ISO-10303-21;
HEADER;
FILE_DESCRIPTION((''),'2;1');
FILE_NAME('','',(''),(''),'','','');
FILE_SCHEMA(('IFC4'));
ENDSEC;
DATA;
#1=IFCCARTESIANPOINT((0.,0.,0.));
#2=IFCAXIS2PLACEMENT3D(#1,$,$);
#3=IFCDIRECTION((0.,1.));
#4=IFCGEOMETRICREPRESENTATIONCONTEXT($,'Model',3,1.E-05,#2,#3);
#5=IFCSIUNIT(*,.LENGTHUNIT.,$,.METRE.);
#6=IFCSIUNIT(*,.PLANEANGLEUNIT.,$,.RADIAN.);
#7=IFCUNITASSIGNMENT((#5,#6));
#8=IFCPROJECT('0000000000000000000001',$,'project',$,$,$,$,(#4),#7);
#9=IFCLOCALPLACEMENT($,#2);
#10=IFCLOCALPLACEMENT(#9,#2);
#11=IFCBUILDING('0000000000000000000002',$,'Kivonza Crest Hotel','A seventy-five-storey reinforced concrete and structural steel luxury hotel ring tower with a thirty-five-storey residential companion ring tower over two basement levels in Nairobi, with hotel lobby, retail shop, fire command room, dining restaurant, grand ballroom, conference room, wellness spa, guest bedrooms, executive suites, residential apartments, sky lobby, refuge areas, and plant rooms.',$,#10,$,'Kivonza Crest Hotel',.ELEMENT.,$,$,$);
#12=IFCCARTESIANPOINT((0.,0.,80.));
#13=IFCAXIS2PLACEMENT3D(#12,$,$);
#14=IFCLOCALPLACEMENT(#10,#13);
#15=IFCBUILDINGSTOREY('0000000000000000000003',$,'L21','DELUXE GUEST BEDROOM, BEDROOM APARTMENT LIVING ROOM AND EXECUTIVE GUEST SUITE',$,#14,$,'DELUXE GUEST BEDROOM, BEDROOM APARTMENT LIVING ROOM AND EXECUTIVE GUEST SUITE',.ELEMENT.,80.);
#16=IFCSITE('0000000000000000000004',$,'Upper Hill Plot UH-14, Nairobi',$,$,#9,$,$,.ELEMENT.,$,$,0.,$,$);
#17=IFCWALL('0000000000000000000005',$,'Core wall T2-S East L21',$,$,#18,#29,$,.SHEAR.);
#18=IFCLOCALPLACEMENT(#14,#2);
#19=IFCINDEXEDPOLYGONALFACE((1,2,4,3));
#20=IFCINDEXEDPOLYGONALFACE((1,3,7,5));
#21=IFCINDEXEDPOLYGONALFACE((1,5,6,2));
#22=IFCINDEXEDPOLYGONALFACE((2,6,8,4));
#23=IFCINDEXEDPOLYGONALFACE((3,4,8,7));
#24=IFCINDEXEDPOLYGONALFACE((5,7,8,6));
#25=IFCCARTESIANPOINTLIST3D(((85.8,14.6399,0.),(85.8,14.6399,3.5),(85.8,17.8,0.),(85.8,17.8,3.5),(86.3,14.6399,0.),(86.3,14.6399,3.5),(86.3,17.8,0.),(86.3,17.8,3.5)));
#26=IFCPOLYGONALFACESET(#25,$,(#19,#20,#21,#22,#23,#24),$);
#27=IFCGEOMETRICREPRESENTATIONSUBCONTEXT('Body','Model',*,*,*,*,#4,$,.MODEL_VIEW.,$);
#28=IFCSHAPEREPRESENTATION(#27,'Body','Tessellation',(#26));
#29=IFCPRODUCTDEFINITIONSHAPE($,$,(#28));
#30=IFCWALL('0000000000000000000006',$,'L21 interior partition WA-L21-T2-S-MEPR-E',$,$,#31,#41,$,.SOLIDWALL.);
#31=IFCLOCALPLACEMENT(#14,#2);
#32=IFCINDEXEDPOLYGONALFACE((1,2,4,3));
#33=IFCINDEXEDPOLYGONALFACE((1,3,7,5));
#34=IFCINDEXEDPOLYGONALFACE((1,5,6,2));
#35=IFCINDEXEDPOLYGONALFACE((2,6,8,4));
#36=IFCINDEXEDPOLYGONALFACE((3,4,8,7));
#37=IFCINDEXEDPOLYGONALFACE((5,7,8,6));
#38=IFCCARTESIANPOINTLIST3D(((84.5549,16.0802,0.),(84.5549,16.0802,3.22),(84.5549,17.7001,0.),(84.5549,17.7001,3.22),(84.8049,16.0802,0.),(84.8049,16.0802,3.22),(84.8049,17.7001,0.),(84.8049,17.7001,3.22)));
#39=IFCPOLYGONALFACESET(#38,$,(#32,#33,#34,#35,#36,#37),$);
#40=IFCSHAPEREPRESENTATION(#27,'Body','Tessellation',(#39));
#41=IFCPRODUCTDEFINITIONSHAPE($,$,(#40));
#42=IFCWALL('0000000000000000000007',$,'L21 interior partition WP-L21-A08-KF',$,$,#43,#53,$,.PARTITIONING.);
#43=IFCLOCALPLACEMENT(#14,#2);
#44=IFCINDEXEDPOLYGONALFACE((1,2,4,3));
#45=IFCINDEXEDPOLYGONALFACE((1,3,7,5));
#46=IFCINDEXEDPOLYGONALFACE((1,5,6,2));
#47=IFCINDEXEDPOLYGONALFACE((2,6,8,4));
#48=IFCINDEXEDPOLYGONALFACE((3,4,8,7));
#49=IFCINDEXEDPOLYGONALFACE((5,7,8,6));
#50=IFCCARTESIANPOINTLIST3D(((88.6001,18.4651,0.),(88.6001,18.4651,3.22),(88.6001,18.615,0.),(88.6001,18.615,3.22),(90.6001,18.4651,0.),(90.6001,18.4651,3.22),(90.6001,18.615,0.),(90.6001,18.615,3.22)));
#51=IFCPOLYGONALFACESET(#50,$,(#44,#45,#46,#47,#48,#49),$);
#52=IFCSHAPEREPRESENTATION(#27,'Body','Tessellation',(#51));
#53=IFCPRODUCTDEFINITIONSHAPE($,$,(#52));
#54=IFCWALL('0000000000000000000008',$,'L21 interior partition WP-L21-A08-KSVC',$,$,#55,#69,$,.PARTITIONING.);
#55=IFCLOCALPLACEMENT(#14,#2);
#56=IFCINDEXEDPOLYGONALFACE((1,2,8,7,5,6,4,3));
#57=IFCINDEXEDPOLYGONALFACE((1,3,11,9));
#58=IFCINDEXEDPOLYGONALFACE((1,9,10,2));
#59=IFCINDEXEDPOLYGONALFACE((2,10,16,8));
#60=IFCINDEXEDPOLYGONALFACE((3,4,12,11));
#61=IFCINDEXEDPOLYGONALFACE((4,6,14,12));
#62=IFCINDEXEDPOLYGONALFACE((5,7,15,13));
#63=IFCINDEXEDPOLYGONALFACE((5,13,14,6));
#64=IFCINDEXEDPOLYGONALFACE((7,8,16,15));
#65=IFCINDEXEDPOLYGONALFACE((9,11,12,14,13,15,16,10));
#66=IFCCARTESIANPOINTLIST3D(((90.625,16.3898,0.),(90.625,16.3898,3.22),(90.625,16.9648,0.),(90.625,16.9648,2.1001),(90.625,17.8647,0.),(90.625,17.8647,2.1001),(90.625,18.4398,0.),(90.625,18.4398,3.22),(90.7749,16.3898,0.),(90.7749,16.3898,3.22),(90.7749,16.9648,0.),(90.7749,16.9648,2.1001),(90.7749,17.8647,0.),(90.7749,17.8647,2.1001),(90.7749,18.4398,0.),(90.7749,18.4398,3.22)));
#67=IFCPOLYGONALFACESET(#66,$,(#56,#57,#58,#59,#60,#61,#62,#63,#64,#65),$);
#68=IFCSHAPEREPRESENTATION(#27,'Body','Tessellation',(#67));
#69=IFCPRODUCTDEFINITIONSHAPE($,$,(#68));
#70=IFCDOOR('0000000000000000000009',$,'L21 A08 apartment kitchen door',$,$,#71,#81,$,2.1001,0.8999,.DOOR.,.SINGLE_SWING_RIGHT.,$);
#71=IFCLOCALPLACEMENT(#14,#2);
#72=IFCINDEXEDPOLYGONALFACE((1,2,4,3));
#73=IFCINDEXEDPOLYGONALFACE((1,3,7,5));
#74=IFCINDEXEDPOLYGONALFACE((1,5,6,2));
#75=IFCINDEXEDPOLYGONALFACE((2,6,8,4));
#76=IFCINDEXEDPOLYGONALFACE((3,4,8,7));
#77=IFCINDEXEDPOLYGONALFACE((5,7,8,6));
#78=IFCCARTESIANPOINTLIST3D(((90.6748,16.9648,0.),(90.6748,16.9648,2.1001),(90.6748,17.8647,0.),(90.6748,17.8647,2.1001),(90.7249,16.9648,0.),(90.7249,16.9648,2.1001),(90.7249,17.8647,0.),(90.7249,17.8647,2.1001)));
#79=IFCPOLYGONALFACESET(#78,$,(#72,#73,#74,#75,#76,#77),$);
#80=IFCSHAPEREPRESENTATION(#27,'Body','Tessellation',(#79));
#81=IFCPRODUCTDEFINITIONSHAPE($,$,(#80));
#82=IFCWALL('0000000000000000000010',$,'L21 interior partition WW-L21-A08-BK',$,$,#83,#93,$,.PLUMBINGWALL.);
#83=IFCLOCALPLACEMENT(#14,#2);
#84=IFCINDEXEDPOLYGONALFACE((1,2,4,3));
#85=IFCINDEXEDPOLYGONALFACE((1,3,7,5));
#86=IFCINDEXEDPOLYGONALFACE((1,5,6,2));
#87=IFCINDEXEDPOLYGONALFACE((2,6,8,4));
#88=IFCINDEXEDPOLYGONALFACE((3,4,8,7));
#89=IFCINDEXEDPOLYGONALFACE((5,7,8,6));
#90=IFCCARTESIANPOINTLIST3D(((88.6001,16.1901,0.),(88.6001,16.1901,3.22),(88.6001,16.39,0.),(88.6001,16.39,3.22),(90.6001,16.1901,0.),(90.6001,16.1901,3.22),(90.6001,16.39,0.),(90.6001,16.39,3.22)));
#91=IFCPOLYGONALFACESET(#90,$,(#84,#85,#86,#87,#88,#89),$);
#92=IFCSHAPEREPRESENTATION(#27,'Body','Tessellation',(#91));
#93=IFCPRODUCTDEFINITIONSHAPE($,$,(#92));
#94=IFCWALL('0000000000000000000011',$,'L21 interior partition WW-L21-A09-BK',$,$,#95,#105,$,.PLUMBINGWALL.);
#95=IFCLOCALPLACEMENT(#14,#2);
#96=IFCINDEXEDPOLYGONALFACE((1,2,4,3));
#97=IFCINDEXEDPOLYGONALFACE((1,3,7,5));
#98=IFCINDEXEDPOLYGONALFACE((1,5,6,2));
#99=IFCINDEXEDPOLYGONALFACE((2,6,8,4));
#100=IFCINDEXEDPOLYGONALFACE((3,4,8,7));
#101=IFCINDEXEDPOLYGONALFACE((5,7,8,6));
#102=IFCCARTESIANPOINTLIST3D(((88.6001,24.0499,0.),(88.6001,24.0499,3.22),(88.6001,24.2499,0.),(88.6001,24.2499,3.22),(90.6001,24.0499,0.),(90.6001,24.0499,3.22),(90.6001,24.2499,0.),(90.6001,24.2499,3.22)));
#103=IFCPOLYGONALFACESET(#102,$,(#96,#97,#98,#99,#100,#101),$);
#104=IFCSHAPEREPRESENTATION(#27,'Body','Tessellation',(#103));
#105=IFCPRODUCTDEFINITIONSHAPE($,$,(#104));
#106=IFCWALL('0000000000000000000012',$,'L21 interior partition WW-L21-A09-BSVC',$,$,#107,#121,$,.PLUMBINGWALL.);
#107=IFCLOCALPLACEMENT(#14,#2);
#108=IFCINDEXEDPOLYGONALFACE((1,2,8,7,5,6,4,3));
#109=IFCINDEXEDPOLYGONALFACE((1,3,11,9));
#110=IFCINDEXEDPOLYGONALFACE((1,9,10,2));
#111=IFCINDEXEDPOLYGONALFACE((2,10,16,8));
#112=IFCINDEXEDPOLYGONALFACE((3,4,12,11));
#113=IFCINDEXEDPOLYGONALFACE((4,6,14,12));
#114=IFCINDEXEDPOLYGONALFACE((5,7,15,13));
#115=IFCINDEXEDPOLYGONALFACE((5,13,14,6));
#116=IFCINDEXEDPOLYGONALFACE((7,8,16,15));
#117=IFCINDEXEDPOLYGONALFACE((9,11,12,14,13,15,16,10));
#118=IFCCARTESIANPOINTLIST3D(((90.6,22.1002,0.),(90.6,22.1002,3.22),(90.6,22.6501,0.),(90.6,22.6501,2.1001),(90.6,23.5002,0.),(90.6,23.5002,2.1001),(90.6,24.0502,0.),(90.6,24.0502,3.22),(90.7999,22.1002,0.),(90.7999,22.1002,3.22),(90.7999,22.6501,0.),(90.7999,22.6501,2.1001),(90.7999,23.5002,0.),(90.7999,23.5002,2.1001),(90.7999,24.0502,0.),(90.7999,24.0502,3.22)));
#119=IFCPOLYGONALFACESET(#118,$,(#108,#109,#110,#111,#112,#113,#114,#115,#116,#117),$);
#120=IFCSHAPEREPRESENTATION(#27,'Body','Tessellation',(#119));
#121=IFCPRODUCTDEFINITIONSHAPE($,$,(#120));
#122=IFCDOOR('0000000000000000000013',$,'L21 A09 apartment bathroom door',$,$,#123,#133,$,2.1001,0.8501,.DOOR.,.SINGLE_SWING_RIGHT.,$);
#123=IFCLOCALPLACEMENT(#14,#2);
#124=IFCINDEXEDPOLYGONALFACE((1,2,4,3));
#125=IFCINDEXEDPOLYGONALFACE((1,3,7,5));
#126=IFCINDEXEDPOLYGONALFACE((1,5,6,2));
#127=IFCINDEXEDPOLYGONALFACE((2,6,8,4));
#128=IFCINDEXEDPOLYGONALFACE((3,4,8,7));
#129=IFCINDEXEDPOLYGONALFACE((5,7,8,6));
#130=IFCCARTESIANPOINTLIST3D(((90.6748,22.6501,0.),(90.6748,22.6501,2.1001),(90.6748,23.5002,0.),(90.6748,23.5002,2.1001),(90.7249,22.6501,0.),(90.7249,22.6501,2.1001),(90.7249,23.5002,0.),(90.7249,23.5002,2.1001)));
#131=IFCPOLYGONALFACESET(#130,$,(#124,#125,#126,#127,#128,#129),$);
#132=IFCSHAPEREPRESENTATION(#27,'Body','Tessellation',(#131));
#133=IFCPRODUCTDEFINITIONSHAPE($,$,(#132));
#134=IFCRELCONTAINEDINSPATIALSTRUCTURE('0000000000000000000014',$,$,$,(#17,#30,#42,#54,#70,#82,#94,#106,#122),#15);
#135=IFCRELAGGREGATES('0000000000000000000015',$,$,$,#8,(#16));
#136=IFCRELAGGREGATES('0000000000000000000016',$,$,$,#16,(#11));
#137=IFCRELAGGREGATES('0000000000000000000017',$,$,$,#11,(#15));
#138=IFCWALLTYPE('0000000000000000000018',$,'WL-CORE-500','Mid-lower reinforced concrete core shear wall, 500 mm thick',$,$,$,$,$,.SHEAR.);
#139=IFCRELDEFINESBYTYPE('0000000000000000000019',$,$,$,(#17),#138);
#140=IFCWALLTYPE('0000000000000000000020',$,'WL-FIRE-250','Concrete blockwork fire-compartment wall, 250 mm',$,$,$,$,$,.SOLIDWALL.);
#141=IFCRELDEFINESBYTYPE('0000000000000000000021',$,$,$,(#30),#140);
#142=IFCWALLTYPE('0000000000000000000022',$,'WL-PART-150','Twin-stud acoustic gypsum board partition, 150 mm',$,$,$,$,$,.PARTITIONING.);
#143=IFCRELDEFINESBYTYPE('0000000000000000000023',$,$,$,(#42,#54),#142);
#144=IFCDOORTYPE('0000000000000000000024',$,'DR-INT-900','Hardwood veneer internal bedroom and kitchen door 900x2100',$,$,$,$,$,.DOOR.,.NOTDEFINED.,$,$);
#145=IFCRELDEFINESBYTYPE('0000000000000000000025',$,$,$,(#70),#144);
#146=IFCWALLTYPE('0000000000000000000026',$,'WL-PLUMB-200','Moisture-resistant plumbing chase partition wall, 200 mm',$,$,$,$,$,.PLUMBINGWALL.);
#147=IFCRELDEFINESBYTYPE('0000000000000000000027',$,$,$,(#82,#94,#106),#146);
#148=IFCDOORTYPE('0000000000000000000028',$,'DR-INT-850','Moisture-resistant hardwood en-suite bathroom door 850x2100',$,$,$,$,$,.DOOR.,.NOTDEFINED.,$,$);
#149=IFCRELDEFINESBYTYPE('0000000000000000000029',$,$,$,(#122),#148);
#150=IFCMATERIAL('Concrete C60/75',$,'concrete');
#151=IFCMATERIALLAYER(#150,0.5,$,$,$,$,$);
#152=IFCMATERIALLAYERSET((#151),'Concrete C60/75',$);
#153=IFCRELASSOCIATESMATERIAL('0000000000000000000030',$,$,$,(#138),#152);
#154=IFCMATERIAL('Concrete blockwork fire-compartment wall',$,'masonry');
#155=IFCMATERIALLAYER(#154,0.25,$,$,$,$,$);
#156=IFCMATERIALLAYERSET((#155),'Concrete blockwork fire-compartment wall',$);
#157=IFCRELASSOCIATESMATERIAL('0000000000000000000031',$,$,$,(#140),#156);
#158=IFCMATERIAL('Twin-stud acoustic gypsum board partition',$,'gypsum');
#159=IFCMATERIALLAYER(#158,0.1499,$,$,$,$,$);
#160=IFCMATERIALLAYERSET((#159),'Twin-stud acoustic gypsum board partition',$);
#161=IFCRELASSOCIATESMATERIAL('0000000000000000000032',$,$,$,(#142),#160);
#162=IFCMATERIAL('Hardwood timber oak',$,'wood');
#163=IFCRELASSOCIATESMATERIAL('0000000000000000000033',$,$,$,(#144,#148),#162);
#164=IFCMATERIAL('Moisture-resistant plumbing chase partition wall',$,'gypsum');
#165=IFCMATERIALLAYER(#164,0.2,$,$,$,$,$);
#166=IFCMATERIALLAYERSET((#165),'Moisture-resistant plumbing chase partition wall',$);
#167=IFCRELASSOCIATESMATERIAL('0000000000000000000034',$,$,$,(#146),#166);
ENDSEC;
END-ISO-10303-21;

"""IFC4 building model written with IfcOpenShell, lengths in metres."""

from ifc_helpers import new_model, si_unit, direction, frame, frame_2d, origin, place, context, subcontext, project, spatial, rectangle, extrude, material, layer, layer_set, type_object, element, fill, save


model = new_model("IFC4")

# Units and contexts
model_context = context("Model", 3, precision=1e-05, world=origin(), true_north=direction((0.0, 1.0)))
body_context = subcontext(model_context, "Body", "Model", "MODEL_VIEW")
ifc_project = project(units=[si_unit("LENGTHUNIT", "METRE"), si_unit("PLANEANGLEUNIT", "RADIAN")], contexts=[model_context])

# Site, building, storey
site_placement = place(None, origin())
site = spatial("IfcSite", under=ifc_project, at=site_placement, Name="Upper Hill Plot UH-14, Nairobi", CompositionType="ELEMENT", RefElevation=0.0)
building_placement = place(site_placement, origin())
building = spatial("IfcBuilding", under=site, at=building_placement, Name="Kivonza Crest Hotel", Description="A seventy-five-storey reinforced concrete and structural steel luxury hotel ring tower with a thirty-five-storey residential companion ring tower over two basement levels in Nairobi, with hotel lobby, retail shop, fire command room, dining restaurant, grand ballroom, conference room, wellness spa, guest bedrooms, executive suites, residential apartments, sky lobby, refuge areas, and plant rooms.", LongName="Kivonza Crest Hotel", CompositionType="ELEMENT")
storey_placement = place(building_placement, frame((0.0, 0.0, 80.0)))
storey = spatial("IfcBuildingStorey", under=building, at=storey_placement, Name="L21", Description="DELUXE GUEST BEDROOM, BEDROOM APARTMENT LIVING ROOM AND EXECUTIVE GUEST SUITE", LongName="DELUXE GUEST BEDROOM, BEDROOM APARTMENT LIVING ROOM AND EXECUTIVE GUEST SUITE", CompositionType="ELEMENT", Elevation=80.0)

# Shared definitions
ifc_material_1 = material(Name="Hardwood timber oak", Category="wood")

# Walls
ifc_material_2 = material(Name="Concrete C60/75", Category="concrete")
ifc_layer_1 = layer(ifc_material_2, 0.5)
ifc_layer_set_1 = layer_set([ifc_layer_1], Name="Concrete C60/75")
wall_type_1 = type_object("IfcWallType", Name="WL-CORE-500", Description="Mid-lower reinforced concrete core shear wall, 500 mm thick", PredefinedType="SHEAR", material=ifc_layer_set_1)
wall_1_placement = place(storey_placement, frame((86.05, 14.6399, 0.0), z_axis=(0.0, 0.0, 1.0), x_axis=(0.0, 1.0, 0.0)))
element("IfcWall", 1, at=wall_1_placement, inside=storey, type_object=wall_type_1, Name="Core wall T2-S East L21", PredefinedType="SHEAR", context=body_context, shape_type="SweptSolid", body=[
    extrude(rectangle(XDim=3.1602, YDim=0.5, at=frame_2d((1.5801, 0.0))), origin(), (0.0, 0.0, 1.0), 3.5),
])
ifc_material_3 = material(Name="Concrete blockwork fire-compartment wall", Category="masonry")
ifc_layer_2 = layer(ifc_material_3, 0.25)
ifc_layer_set_2 = layer_set([ifc_layer_2], Name="Concrete blockwork fire-compartment wall")
wall_type_2 = type_object("IfcWallType", Name="WL-FIRE-250", Description="Concrete blockwork fire-compartment wall, 250 mm", PredefinedType="SOLIDWALL", material=ifc_layer_set_2)
wall_2_placement = place(storey_placement, frame((84.6799, 16.0801, 0.0), z_axis=(0.0, 0.0, 1.0), x_axis=(0.0, 1.0, 0.0)))
element("IfcWall", 2, at=wall_2_placement, inside=storey, type_object=wall_type_2, Name="L21 interior partition WA-L21-T2-S-MEPR-E", PredefinedType="SOLIDWALL", context=body_context, shape_type="SweptSolid", body=[
    extrude(rectangle(XDim=1.6199, YDim=0.25, at=frame_2d((0.8101, 0.0))), origin(), (0.0, 0.0, 1.0), 3.22),
])
ifc_material_4 = material(Name="Twin-stud acoustic gypsum board partition", Category="gypsum")
ifc_layer_3 = layer(ifc_material_4, 0.1499)
ifc_layer_set_3 = layer_set([ifc_layer_3], Name="Twin-stud acoustic gypsum board partition")
wall_type_3 = type_object("IfcWallType", Name="WL-PART-150", Description="Twin-stud acoustic gypsum board partition, 150 mm", PredefinedType="PARTITIONING", material=ifc_layer_set_3)
wall_3_placement = place(storey_placement, frame((88.6001, 18.54, 0.0), z_axis=(0.0, 0.0, 1.0), x_axis=(1.0, 0.0, 0.0)))
element("IfcWall", 3, at=wall_3_placement, inside=storey, type_object=wall_type_3, Name="L21 interior partition WP-L21-A08-KF", PredefinedType="PARTITIONING", context=body_context, shape_type="SweptSolid", body=[
    extrude(rectangle(XDim=2.0, YDim=0.1499, at=frame_2d((1.0, 0.0))), origin(), (0.0, 0.0, 1.0), 3.22),
])

# Wall, opening, door
wall_4_placement = place(storey_placement, frame((90.7, 16.3899, 0.0), z_axis=(0.0, 0.0, 1.0), x_axis=(0.0, 1.0, 0.0)))
wall_4 = element("IfcWall", 4, at=wall_4_placement, inside=storey, type_object=wall_type_3, Name="L21 interior partition WP-L21-A08-KSVC", PredefinedType="PARTITIONING", context=body_context, shape_type="SweptSolid", body=[
    extrude(rectangle(XDim=2.05, YDim=0.1499, at=frame_2d((1.0249, 0.0))), origin(), (0.0, 0.0, 1.0), 3.22),
])
opening_1_placement = place(wall_4_placement, frame((0.575, 0.0, 0.0)))
opening_1 = element("IfcOpeningElement", 5, at=opening_1_placement, cuts=wall_4, PredefinedType="OPENING", context=body_context, shape_type="SweptSolid", body=[
    extrude(rectangle(XDim=0.8999, YDim=2.1001, at=frame_2d((0.45, 1.05))), frame((0.0, 0.085, 0.0), z_axis=(0.0, -1.0, 0.0), x_axis=(1.0, 0.0, 0.0)), (0.0, 0.0, 1.0), 0.1699),
])
door_type_1 = type_object("IfcDoorType", Name="DR-INT-900", Description="Hardwood veneer internal bedroom and kitchen door 900x2100", OperationType="NOTDEFINED", PredefinedType="DOOR", material=ifc_material_1)
door_1_placement = place(opening_1_placement, frame((0.8999, 0.0, 0.0), z_axis=(0.0, 0.0, 1.0), x_axis=(-1.0, 0.0, 0.0)))
door_1 = element("IfcDoor", 6, at=door_1_placement, inside=storey, type_object=door_type_1, Name="L21 A08 apartment kitchen door", OperationType="SINGLE_SWING_RIGHT", OverallHeight=2.1001, OverallWidth=0.8999, PredefinedType="DOOR", context=body_context, shape_type="SweptSolid", body=[
    extrude(rectangle(XDim=0.8999, YDim=2.1001, at=frame_2d((0.45, 1.05))), frame((0.0, 0.0249, 0.0), z_axis=(0.0, -1.0, 0.0), x_axis=(1.0, 0.0, 0.0)), (0.0, 0.0, 1.0), 0.05),
])
fill(opening_1, door_1)

# Walls
ifc_material_5 = material(Name="Moisture-resistant plumbing chase partition wall", Category="gypsum")
ifc_layer_4 = layer(ifc_material_5, 0.2)
ifc_layer_set_4 = layer_set([ifc_layer_4], Name="Moisture-resistant plumbing chase partition wall")
wall_type_4 = type_object("IfcWallType", Name="WL-PLUMB-200", Description="Moisture-resistant plumbing chase partition wall, 200 mm", PredefinedType="PLUMBINGWALL", material=ifc_layer_set_4)
for number, where, z_axis, x_axis, name in (
    (7, (88.6001, 16.29, 0.0), (0.0, 0.0, 1.0), (1.0, 0.0, 0.0), "L21 interior partition WW-L21-A08-BK"),
    (8, (88.6001, 24.1499, 0.0), (0.0, 0.0, 1.0), (1.0, 0.0, 0.0), "L21 interior partition WW-L21-A09-BK"),
):
    element("IfcWall", number, at=place(storey_placement, frame(where, z_axis=z_axis, x_axis=x_axis)), inside=storey, type_object=wall_type_4, Name=name, PredefinedType="PLUMBINGWALL", context=body_context, shape_type="SweptSolid", body=[
        extrude(rectangle(XDim=2.0, YDim=0.2, at=frame_2d((1.0, 0.0))), origin(), (0.0, 0.0, 1.0), 3.22),
    ])

# Wall, opening, door
wall_5_placement = place(storey_placement, frame((90.7, 22.1001, 0.0), z_axis=(0.0, 0.0, 1.0), x_axis=(0.0, 1.0, 0.0)))
wall_5 = element("IfcWall", 9, at=wall_5_placement, inside=storey, type_object=wall_type_4, Name="L21 interior partition WW-L21-A09-BSVC", PredefinedType="PLUMBINGWALL", context=body_context, shape_type="SweptSolid", body=[
    extrude(rectangle(XDim=1.95, YDim=0.2, at=frame_2d((0.9751, 0.0))), origin(), (0.0, 0.0, 1.0), 3.22),
])
opening_2_placement = place(wall_5_placement, frame((0.55, 0.0, 0.0)))
opening_2 = element("IfcOpeningElement", 10, at=opening_2_placement, cuts=wall_5, PredefinedType="OPENING", context=body_context, shape_type="SweptSolid", body=[
    extrude(rectangle(XDim=0.8501, YDim=2.1001, at=frame_2d((0.425, 1.05))), frame((0.0, 0.1099, 0.0), z_axis=(0.0, -1.0, 0.0), x_axis=(1.0, 0.0, 0.0)), (0.0, 0.0, 1.0), 0.22),
])
door_type_2 = type_object("IfcDoorType", Name="DR-INT-850", Description="Moisture-resistant hardwood en-suite bathroom door 850x2100", OperationType="NOTDEFINED", PredefinedType="DOOR", material=ifc_material_1)
door_2_placement = place(opening_2_placement, frame((0.8501, 0.0, 0.0), z_axis=(0.0, 0.0, 1.0), x_axis=(-1.0, 0.0, 0.0)))
door_2 = element("IfcDoor", 11, at=door_2_placement, inside=storey, type_object=door_type_2, Name="L21 A09 apartment bathroom door", OperationType="SINGLE_SWING_RIGHT", OverallHeight=2.1001, OverallWidth=0.8501, PredefinedType="DOOR", context=body_context, shape_type="SweptSolid", body=[
    extrude(rectangle(XDim=0.8501, YDim=2.1001, at=frame_2d((0.425, 1.05))), frame((0.0, 0.0249, 0.0), z_axis=(0.0, -1.0, 0.0), x_axis=(1.0, 0.0, 0.0)), (0.0, 0.0, 1.0), 0.05),
])
fill(opening_2, door_2)

save(model, "model.ifc")
